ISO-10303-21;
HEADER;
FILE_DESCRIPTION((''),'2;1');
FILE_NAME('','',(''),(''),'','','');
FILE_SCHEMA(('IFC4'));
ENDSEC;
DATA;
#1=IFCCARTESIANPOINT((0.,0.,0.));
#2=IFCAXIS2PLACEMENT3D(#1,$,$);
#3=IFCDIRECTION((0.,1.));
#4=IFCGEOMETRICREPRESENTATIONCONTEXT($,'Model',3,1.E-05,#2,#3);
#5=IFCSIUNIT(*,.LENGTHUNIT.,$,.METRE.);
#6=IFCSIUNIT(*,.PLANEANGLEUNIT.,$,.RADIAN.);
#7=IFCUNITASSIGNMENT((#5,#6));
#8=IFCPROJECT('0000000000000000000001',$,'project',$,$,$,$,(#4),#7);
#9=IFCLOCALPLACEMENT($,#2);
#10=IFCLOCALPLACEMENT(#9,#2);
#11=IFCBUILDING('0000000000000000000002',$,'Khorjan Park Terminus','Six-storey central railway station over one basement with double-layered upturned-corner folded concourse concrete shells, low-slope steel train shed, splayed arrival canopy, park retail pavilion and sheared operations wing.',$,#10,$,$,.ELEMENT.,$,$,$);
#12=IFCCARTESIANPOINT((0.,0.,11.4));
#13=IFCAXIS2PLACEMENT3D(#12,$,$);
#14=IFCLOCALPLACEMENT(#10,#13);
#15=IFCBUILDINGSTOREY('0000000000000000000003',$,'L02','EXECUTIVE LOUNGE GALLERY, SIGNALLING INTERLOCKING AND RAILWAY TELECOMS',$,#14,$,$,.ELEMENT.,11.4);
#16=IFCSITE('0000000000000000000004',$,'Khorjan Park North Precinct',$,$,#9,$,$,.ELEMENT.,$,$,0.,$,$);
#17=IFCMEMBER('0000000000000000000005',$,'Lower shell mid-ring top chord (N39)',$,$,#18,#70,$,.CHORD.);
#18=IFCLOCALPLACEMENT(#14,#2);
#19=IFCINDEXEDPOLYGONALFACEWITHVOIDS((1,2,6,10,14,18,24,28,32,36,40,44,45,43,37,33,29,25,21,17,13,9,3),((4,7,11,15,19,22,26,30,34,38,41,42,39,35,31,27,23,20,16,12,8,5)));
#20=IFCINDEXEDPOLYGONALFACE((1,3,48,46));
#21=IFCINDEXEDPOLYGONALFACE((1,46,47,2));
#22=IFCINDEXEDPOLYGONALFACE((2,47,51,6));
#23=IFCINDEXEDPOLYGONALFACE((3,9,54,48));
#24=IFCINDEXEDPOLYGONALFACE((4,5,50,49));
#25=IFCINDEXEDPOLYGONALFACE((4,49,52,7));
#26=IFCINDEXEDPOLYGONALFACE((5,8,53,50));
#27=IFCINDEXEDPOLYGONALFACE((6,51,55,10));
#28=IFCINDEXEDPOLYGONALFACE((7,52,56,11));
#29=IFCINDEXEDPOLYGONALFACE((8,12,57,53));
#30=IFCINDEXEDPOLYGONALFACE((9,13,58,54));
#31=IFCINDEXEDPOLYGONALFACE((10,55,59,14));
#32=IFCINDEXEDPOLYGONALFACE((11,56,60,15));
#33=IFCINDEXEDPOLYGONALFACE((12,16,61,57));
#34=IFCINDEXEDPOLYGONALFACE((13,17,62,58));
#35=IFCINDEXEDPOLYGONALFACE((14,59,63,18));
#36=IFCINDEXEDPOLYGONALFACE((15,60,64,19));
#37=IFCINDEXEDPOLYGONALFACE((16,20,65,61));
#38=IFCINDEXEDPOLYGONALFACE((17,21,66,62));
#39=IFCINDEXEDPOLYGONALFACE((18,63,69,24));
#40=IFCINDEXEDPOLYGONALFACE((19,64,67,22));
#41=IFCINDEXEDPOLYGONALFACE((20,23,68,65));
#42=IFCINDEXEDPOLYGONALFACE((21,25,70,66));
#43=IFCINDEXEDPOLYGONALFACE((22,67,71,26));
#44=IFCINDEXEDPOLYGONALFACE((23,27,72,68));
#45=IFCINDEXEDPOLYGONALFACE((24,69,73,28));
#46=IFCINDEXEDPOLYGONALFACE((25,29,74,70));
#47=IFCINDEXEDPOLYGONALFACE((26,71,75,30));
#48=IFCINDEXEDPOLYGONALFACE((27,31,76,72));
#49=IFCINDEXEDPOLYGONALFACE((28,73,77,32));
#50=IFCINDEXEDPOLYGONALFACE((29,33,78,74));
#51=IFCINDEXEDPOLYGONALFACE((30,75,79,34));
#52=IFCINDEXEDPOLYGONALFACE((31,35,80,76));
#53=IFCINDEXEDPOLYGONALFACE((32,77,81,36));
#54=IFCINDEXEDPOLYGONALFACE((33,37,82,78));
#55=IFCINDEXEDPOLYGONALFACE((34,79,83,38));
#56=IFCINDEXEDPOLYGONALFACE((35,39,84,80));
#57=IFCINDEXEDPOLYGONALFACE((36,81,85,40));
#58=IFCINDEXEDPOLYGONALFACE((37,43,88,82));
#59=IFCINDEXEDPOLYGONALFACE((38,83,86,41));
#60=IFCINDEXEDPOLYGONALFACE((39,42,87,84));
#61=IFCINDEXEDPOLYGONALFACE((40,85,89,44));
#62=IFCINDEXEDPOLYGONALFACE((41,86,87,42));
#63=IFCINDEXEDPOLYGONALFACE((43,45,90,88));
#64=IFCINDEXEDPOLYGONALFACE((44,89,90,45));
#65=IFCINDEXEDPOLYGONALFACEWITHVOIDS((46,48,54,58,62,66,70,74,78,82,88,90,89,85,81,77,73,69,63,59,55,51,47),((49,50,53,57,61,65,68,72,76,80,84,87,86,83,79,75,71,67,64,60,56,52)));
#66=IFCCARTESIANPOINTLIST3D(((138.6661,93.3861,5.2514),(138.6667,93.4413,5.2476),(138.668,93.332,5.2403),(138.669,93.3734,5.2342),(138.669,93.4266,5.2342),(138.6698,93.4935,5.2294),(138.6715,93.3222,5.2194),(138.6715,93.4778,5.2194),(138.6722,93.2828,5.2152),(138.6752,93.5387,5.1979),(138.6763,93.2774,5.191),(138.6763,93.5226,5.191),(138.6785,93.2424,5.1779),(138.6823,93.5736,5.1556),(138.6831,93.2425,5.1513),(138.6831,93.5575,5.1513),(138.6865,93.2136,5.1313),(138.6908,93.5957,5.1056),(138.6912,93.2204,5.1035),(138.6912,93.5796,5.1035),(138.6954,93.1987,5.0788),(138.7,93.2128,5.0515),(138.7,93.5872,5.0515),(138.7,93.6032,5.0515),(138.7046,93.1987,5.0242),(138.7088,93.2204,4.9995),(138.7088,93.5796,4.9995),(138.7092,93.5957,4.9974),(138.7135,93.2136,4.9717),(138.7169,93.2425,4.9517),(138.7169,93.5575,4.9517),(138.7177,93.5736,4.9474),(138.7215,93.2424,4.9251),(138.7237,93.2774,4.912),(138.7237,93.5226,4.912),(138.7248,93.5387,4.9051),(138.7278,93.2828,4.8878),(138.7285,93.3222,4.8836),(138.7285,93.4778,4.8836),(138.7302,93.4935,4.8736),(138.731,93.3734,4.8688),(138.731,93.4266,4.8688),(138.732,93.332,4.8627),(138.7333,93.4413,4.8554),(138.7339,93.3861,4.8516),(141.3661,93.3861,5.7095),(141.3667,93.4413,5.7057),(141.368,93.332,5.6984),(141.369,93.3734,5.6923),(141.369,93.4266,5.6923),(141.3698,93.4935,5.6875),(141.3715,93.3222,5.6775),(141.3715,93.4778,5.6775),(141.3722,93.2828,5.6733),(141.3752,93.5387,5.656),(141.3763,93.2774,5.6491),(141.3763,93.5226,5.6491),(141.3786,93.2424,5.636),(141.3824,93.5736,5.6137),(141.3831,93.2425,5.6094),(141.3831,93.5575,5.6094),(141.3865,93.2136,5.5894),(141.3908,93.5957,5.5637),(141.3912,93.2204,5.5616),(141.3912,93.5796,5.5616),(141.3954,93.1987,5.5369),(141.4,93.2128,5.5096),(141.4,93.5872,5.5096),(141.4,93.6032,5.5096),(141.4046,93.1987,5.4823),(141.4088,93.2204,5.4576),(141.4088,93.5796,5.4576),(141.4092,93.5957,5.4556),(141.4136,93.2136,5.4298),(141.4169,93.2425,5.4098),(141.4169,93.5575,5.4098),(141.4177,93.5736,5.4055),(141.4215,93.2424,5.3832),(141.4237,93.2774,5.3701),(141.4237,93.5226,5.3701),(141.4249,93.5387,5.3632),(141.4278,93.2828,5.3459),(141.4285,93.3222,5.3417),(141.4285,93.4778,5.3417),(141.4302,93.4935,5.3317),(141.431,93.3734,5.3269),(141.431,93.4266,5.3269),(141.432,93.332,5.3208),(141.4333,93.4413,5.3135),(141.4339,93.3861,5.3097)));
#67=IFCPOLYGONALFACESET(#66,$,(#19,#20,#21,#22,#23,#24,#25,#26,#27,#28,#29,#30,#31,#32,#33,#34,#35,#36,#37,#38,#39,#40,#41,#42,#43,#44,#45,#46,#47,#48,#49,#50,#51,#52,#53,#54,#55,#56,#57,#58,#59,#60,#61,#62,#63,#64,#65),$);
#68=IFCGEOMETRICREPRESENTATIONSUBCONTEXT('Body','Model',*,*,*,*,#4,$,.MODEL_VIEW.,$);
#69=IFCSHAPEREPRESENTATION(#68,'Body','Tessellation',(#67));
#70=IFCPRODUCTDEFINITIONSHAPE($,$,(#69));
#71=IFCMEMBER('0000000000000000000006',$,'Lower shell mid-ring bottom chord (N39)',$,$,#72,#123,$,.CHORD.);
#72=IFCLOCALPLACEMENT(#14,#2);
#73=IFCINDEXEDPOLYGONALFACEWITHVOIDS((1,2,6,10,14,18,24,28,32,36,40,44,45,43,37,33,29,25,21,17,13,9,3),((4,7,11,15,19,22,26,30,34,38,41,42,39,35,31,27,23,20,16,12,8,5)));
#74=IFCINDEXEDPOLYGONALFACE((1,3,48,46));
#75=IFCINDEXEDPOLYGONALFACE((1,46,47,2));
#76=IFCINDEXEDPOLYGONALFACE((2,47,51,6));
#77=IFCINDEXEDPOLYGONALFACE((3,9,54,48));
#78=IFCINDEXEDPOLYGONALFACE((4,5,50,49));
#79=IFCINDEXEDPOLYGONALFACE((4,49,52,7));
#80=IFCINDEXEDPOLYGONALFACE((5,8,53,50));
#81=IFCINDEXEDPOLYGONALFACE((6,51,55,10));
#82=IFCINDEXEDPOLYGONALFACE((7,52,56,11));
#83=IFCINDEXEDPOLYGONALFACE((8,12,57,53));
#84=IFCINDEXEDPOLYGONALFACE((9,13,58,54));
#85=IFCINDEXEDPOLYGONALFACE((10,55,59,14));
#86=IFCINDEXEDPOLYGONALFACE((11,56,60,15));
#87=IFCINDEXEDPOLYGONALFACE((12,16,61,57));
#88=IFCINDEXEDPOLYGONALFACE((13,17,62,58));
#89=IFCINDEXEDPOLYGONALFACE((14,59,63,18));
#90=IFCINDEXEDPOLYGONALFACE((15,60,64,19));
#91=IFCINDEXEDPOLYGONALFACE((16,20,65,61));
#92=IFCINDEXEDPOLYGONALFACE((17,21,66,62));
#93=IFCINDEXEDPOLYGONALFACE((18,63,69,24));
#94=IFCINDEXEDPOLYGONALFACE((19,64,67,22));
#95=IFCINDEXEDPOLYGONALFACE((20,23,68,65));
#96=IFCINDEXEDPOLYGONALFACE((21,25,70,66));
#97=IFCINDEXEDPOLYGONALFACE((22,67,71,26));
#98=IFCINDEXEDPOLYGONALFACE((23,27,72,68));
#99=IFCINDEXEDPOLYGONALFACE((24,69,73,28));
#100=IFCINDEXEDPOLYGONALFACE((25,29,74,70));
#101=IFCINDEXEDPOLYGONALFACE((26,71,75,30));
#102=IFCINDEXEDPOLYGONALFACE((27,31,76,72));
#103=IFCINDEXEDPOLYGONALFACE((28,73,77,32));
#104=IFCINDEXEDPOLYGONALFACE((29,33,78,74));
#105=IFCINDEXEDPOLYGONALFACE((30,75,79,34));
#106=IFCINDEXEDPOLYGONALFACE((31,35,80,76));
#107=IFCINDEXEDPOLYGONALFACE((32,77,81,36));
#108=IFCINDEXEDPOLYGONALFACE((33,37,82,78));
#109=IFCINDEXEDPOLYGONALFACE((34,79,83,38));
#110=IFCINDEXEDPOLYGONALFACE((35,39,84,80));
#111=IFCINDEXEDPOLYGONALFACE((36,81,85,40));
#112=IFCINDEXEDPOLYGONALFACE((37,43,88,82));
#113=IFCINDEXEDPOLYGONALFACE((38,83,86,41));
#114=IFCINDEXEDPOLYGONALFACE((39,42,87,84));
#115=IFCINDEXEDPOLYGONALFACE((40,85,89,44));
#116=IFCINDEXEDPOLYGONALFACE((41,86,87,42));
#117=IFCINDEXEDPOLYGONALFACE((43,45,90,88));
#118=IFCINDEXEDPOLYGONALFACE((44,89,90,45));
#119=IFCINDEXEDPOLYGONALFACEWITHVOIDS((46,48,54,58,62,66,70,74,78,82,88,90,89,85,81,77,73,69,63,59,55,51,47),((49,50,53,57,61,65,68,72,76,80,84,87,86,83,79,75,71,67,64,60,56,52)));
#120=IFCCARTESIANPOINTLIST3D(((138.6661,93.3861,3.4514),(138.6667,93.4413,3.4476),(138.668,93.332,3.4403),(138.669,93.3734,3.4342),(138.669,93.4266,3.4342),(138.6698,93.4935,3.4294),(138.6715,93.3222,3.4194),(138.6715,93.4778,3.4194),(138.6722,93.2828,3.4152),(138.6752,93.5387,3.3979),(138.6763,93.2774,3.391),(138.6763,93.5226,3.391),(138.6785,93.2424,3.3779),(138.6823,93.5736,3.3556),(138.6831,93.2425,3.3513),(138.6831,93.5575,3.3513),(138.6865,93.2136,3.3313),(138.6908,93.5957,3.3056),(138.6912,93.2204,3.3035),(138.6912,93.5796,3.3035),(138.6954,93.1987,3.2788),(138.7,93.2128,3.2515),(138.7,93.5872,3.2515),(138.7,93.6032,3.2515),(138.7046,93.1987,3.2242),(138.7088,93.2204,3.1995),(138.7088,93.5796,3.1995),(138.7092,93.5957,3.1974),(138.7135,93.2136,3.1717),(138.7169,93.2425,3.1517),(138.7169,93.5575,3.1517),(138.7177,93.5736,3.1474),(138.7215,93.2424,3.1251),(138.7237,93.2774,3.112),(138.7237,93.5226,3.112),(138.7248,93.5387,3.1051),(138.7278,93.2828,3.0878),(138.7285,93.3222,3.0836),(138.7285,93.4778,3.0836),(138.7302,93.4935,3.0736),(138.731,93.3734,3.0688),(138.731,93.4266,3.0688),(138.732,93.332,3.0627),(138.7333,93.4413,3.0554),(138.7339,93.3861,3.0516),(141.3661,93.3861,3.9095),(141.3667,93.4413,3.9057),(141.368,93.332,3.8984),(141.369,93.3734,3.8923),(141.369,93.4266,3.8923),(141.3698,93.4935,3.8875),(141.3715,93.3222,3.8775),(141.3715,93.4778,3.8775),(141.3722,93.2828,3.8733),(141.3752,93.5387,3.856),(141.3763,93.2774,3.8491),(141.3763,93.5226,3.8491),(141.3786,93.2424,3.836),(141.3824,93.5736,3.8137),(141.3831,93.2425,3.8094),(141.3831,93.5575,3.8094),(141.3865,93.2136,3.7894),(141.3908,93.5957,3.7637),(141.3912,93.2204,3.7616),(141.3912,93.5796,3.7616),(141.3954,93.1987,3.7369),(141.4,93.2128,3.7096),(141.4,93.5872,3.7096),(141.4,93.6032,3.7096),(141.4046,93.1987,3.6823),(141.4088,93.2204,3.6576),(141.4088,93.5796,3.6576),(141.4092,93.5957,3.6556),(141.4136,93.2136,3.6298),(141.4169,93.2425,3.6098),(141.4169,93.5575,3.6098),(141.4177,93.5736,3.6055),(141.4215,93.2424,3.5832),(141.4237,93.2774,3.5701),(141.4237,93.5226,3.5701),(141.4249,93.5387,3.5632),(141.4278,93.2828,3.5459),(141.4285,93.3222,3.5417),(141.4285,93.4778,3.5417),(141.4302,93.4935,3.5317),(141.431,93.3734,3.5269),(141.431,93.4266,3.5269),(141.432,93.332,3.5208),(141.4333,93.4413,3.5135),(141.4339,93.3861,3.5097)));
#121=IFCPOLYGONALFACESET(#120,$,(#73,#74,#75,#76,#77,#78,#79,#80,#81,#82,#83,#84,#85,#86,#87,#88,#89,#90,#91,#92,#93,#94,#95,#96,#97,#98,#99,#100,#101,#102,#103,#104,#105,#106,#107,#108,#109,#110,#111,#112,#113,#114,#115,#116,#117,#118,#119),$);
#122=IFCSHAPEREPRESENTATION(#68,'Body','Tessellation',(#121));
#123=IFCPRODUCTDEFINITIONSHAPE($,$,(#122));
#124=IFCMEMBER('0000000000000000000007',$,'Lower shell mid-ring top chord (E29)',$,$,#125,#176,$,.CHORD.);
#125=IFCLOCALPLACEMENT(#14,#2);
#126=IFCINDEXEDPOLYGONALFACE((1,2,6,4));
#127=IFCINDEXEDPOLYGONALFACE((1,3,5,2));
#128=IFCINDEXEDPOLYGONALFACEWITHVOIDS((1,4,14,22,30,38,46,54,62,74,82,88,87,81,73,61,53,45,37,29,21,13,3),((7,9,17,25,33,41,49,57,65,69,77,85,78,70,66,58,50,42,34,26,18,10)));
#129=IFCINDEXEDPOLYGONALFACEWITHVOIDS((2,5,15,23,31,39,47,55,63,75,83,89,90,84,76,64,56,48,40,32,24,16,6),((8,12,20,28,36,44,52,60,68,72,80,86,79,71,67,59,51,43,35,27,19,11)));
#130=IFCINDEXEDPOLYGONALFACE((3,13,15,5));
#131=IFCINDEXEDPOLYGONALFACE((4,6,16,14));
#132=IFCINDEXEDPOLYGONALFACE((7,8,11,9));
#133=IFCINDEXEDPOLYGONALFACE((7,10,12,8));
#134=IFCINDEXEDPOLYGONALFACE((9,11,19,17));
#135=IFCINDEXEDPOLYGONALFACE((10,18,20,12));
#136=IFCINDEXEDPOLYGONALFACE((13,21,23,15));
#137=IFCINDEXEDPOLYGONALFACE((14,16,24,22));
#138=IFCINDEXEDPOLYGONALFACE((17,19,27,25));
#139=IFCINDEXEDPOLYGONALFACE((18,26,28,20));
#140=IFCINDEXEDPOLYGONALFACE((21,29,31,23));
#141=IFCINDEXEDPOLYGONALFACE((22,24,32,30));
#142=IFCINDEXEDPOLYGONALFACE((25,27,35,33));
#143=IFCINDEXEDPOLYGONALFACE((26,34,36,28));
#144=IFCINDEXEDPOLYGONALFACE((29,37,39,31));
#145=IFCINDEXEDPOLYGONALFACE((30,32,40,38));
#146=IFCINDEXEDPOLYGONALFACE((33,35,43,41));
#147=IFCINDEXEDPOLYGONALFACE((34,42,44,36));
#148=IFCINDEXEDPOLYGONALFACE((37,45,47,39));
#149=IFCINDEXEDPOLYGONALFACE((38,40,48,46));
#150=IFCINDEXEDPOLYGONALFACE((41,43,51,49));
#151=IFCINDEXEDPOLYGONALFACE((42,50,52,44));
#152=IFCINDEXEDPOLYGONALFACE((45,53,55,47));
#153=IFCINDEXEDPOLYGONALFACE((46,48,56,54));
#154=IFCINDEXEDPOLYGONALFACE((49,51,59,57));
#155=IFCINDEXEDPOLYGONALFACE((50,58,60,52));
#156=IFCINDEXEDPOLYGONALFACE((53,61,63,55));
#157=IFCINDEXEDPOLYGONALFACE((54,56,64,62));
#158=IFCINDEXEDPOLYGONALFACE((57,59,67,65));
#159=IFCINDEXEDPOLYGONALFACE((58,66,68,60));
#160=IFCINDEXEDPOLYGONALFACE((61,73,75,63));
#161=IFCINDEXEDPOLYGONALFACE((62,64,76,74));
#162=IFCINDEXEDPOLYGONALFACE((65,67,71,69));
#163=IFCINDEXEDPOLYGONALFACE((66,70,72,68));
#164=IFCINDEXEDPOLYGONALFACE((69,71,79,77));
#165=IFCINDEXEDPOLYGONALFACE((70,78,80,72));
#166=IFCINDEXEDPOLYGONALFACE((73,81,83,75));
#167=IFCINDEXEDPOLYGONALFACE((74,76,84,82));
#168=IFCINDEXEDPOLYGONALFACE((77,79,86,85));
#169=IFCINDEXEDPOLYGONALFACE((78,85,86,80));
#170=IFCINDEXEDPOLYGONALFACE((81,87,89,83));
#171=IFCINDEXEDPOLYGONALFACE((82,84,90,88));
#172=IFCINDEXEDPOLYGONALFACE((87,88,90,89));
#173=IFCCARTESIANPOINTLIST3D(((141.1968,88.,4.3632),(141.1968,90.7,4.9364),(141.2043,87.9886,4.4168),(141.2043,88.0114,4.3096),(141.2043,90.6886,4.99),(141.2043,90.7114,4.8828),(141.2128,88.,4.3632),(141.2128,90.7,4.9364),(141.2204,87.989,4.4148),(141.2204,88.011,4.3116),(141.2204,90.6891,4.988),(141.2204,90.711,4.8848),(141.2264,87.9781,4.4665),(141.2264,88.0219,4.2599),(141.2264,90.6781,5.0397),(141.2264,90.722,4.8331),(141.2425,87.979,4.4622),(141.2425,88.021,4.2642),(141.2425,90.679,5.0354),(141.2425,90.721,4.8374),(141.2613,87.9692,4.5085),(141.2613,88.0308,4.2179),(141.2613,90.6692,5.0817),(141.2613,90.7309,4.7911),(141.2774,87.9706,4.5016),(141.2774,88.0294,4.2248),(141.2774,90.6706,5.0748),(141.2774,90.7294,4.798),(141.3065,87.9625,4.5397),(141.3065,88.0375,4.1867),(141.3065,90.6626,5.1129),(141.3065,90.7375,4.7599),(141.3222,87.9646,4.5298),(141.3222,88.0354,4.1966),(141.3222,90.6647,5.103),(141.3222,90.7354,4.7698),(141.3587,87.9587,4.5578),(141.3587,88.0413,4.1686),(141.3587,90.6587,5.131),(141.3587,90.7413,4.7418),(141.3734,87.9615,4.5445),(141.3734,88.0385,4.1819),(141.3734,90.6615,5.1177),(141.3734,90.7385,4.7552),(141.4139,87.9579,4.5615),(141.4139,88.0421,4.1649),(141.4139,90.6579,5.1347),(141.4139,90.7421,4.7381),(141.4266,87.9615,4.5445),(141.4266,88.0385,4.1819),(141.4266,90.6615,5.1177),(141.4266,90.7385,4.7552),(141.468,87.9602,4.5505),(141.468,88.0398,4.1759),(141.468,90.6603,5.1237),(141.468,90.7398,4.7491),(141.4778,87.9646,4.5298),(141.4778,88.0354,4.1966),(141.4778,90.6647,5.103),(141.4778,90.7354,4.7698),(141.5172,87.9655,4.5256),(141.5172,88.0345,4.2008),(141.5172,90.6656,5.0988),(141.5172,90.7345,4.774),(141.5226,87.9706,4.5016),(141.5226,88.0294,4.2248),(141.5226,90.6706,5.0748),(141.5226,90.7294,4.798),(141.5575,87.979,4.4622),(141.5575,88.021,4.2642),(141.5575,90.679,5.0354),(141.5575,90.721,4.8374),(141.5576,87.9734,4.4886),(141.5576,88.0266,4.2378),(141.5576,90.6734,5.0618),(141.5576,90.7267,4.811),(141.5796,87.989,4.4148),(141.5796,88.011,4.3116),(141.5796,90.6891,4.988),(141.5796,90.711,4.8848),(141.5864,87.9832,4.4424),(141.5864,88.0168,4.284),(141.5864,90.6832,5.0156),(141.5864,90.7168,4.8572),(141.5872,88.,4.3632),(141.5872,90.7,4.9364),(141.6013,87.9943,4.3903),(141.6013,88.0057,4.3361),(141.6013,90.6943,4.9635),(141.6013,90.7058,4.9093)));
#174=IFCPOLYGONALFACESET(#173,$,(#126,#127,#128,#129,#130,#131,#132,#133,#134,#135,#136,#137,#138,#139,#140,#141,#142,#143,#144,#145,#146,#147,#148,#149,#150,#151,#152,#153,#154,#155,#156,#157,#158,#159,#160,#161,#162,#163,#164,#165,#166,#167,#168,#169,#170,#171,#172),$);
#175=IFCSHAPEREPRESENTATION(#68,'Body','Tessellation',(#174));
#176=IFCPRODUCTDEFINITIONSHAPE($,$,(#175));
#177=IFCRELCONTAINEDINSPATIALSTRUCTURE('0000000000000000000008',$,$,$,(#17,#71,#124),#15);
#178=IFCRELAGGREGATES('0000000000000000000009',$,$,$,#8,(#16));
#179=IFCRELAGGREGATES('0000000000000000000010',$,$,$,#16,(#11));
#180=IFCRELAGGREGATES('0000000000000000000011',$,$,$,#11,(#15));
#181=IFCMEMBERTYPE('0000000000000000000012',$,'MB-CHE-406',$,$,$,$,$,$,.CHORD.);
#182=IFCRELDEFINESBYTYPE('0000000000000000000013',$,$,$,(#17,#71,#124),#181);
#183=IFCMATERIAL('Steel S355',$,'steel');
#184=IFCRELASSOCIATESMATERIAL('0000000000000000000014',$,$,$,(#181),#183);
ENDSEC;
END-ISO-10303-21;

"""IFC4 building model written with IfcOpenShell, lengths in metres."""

from ifc_helpers import new_model, si_unit, direction, frame, origin, origin_2d, place, context, subcontext, project, spatial, hollow_circle, extrude, material, material_profile, profile_set, type_object, element, save


model = new_model("IFC4")

# Units and contexts
model_context = context("Model", 3, precision=1e-05, world=origin(), true_north=direction((0.0, 1.0)))
body_context = subcontext(model_context, "Body", "Model", "MODEL_VIEW")
ifc_project = project(units=[si_unit("LENGTHUNIT", "METRE"), si_unit("PLANEANGLEUNIT", "RADIAN")], contexts=[model_context])

# Site, building, storey
site_placement = place(None, origin())
site = spatial("IfcSite", under=ifc_project, at=site_placement, Name="Khorjan Park North Precinct", CompositionType="ELEMENT", RefElevation=0.0)
building_placement = place(site_placement, origin())
building = spatial("IfcBuilding", under=site, at=building_placement, Name="Khorjan Park Terminus", Description="Six-storey central railway station over one basement with double-layered upturned-corner folded concourse concrete shells, low-slope steel train shed, splayed arrival canopy, park retail pavilion and sheared operations wing.", CompositionType="ELEMENT")
storey_placement = place(building_placement, frame((0.0, 0.0, 11.4)))
storey = spatial("IfcBuildingStorey", under=building, at=storey_placement, Name="L02", Description="EXECUTIVE LOUNGE GALLERY, SIGNALLING INTERLOCKING AND RAILWAY TELECOMS", CompositionType="ELEMENT", Elevation=11.4)

# Shared definitions
ifc_material_1 = material(Name="Steel S355", Category="steel")

# Members
ifc_material_profile_1 = material_profile(ifc_material_1, hollow_circle(Radius=0.2032, WallThickness=0.016, at=origin_2d()), Name="CHS 406.4x16")
ifc_profile_set_1 = profile_set([ifc_material_profile_1], Name="Steel S355")
member_type_1 = type_object("IfcMemberType", Name="MB-CHE-406", PredefinedType="CHORD", material=ifc_profile_set_1)
for number, where, z_axis, x_axis, name in (
    (1, (138.7, 93.4, 5.0515), (0.98591, 0.0, 0.167276), (0.0, 1.0, 0.0), "Lower shell mid-ring top chord (N39)"),
    (2, (138.7, 93.4, 3.2515), (0.98591, 0.0, 0.167276), (0.0, 1.0, 0.0), "Lower shell mid-ring bottom chord (N39)"),
):
    element("IfcMember", number, at=place(storey_placement, frame(where, z_axis=z_axis, x_axis=x_axis)), inside=storey, type_object=member_type_1, Name=name, PredefinedType="CHORD", context=body_context, shape_type="SweptSolid", body=[
        extrude(hollow_circle(Radius=0.2032, WallThickness=0.016, at=origin_2d()), origin(), (0.0, 0.0, 1.0), 2.7386),
    ])
for number, where, z_axis, x_axis, name in (
    (3, (141.4, 88.0, 4.3632), (0.0, 0.978199, 0.207668), (-1.0, 0.0, 0.0), "Lower shell mid-ring top chord (E29)"),
):
    element("IfcMember", number, at=place(storey_placement, frame(where, z_axis=z_axis, x_axis=x_axis)), inside=storey, type_object=member_type_1, Name=name, PredefinedType="CHORD", context=body_context, shape_type="SweptSolid", body=[
        extrude(hollow_circle(Radius=0.2032, WallThickness=0.016, at=origin_2d()), origin(), (0.0, 0.0, 1.0), 2.7602),
    ])

save(model, "model.ifc")
